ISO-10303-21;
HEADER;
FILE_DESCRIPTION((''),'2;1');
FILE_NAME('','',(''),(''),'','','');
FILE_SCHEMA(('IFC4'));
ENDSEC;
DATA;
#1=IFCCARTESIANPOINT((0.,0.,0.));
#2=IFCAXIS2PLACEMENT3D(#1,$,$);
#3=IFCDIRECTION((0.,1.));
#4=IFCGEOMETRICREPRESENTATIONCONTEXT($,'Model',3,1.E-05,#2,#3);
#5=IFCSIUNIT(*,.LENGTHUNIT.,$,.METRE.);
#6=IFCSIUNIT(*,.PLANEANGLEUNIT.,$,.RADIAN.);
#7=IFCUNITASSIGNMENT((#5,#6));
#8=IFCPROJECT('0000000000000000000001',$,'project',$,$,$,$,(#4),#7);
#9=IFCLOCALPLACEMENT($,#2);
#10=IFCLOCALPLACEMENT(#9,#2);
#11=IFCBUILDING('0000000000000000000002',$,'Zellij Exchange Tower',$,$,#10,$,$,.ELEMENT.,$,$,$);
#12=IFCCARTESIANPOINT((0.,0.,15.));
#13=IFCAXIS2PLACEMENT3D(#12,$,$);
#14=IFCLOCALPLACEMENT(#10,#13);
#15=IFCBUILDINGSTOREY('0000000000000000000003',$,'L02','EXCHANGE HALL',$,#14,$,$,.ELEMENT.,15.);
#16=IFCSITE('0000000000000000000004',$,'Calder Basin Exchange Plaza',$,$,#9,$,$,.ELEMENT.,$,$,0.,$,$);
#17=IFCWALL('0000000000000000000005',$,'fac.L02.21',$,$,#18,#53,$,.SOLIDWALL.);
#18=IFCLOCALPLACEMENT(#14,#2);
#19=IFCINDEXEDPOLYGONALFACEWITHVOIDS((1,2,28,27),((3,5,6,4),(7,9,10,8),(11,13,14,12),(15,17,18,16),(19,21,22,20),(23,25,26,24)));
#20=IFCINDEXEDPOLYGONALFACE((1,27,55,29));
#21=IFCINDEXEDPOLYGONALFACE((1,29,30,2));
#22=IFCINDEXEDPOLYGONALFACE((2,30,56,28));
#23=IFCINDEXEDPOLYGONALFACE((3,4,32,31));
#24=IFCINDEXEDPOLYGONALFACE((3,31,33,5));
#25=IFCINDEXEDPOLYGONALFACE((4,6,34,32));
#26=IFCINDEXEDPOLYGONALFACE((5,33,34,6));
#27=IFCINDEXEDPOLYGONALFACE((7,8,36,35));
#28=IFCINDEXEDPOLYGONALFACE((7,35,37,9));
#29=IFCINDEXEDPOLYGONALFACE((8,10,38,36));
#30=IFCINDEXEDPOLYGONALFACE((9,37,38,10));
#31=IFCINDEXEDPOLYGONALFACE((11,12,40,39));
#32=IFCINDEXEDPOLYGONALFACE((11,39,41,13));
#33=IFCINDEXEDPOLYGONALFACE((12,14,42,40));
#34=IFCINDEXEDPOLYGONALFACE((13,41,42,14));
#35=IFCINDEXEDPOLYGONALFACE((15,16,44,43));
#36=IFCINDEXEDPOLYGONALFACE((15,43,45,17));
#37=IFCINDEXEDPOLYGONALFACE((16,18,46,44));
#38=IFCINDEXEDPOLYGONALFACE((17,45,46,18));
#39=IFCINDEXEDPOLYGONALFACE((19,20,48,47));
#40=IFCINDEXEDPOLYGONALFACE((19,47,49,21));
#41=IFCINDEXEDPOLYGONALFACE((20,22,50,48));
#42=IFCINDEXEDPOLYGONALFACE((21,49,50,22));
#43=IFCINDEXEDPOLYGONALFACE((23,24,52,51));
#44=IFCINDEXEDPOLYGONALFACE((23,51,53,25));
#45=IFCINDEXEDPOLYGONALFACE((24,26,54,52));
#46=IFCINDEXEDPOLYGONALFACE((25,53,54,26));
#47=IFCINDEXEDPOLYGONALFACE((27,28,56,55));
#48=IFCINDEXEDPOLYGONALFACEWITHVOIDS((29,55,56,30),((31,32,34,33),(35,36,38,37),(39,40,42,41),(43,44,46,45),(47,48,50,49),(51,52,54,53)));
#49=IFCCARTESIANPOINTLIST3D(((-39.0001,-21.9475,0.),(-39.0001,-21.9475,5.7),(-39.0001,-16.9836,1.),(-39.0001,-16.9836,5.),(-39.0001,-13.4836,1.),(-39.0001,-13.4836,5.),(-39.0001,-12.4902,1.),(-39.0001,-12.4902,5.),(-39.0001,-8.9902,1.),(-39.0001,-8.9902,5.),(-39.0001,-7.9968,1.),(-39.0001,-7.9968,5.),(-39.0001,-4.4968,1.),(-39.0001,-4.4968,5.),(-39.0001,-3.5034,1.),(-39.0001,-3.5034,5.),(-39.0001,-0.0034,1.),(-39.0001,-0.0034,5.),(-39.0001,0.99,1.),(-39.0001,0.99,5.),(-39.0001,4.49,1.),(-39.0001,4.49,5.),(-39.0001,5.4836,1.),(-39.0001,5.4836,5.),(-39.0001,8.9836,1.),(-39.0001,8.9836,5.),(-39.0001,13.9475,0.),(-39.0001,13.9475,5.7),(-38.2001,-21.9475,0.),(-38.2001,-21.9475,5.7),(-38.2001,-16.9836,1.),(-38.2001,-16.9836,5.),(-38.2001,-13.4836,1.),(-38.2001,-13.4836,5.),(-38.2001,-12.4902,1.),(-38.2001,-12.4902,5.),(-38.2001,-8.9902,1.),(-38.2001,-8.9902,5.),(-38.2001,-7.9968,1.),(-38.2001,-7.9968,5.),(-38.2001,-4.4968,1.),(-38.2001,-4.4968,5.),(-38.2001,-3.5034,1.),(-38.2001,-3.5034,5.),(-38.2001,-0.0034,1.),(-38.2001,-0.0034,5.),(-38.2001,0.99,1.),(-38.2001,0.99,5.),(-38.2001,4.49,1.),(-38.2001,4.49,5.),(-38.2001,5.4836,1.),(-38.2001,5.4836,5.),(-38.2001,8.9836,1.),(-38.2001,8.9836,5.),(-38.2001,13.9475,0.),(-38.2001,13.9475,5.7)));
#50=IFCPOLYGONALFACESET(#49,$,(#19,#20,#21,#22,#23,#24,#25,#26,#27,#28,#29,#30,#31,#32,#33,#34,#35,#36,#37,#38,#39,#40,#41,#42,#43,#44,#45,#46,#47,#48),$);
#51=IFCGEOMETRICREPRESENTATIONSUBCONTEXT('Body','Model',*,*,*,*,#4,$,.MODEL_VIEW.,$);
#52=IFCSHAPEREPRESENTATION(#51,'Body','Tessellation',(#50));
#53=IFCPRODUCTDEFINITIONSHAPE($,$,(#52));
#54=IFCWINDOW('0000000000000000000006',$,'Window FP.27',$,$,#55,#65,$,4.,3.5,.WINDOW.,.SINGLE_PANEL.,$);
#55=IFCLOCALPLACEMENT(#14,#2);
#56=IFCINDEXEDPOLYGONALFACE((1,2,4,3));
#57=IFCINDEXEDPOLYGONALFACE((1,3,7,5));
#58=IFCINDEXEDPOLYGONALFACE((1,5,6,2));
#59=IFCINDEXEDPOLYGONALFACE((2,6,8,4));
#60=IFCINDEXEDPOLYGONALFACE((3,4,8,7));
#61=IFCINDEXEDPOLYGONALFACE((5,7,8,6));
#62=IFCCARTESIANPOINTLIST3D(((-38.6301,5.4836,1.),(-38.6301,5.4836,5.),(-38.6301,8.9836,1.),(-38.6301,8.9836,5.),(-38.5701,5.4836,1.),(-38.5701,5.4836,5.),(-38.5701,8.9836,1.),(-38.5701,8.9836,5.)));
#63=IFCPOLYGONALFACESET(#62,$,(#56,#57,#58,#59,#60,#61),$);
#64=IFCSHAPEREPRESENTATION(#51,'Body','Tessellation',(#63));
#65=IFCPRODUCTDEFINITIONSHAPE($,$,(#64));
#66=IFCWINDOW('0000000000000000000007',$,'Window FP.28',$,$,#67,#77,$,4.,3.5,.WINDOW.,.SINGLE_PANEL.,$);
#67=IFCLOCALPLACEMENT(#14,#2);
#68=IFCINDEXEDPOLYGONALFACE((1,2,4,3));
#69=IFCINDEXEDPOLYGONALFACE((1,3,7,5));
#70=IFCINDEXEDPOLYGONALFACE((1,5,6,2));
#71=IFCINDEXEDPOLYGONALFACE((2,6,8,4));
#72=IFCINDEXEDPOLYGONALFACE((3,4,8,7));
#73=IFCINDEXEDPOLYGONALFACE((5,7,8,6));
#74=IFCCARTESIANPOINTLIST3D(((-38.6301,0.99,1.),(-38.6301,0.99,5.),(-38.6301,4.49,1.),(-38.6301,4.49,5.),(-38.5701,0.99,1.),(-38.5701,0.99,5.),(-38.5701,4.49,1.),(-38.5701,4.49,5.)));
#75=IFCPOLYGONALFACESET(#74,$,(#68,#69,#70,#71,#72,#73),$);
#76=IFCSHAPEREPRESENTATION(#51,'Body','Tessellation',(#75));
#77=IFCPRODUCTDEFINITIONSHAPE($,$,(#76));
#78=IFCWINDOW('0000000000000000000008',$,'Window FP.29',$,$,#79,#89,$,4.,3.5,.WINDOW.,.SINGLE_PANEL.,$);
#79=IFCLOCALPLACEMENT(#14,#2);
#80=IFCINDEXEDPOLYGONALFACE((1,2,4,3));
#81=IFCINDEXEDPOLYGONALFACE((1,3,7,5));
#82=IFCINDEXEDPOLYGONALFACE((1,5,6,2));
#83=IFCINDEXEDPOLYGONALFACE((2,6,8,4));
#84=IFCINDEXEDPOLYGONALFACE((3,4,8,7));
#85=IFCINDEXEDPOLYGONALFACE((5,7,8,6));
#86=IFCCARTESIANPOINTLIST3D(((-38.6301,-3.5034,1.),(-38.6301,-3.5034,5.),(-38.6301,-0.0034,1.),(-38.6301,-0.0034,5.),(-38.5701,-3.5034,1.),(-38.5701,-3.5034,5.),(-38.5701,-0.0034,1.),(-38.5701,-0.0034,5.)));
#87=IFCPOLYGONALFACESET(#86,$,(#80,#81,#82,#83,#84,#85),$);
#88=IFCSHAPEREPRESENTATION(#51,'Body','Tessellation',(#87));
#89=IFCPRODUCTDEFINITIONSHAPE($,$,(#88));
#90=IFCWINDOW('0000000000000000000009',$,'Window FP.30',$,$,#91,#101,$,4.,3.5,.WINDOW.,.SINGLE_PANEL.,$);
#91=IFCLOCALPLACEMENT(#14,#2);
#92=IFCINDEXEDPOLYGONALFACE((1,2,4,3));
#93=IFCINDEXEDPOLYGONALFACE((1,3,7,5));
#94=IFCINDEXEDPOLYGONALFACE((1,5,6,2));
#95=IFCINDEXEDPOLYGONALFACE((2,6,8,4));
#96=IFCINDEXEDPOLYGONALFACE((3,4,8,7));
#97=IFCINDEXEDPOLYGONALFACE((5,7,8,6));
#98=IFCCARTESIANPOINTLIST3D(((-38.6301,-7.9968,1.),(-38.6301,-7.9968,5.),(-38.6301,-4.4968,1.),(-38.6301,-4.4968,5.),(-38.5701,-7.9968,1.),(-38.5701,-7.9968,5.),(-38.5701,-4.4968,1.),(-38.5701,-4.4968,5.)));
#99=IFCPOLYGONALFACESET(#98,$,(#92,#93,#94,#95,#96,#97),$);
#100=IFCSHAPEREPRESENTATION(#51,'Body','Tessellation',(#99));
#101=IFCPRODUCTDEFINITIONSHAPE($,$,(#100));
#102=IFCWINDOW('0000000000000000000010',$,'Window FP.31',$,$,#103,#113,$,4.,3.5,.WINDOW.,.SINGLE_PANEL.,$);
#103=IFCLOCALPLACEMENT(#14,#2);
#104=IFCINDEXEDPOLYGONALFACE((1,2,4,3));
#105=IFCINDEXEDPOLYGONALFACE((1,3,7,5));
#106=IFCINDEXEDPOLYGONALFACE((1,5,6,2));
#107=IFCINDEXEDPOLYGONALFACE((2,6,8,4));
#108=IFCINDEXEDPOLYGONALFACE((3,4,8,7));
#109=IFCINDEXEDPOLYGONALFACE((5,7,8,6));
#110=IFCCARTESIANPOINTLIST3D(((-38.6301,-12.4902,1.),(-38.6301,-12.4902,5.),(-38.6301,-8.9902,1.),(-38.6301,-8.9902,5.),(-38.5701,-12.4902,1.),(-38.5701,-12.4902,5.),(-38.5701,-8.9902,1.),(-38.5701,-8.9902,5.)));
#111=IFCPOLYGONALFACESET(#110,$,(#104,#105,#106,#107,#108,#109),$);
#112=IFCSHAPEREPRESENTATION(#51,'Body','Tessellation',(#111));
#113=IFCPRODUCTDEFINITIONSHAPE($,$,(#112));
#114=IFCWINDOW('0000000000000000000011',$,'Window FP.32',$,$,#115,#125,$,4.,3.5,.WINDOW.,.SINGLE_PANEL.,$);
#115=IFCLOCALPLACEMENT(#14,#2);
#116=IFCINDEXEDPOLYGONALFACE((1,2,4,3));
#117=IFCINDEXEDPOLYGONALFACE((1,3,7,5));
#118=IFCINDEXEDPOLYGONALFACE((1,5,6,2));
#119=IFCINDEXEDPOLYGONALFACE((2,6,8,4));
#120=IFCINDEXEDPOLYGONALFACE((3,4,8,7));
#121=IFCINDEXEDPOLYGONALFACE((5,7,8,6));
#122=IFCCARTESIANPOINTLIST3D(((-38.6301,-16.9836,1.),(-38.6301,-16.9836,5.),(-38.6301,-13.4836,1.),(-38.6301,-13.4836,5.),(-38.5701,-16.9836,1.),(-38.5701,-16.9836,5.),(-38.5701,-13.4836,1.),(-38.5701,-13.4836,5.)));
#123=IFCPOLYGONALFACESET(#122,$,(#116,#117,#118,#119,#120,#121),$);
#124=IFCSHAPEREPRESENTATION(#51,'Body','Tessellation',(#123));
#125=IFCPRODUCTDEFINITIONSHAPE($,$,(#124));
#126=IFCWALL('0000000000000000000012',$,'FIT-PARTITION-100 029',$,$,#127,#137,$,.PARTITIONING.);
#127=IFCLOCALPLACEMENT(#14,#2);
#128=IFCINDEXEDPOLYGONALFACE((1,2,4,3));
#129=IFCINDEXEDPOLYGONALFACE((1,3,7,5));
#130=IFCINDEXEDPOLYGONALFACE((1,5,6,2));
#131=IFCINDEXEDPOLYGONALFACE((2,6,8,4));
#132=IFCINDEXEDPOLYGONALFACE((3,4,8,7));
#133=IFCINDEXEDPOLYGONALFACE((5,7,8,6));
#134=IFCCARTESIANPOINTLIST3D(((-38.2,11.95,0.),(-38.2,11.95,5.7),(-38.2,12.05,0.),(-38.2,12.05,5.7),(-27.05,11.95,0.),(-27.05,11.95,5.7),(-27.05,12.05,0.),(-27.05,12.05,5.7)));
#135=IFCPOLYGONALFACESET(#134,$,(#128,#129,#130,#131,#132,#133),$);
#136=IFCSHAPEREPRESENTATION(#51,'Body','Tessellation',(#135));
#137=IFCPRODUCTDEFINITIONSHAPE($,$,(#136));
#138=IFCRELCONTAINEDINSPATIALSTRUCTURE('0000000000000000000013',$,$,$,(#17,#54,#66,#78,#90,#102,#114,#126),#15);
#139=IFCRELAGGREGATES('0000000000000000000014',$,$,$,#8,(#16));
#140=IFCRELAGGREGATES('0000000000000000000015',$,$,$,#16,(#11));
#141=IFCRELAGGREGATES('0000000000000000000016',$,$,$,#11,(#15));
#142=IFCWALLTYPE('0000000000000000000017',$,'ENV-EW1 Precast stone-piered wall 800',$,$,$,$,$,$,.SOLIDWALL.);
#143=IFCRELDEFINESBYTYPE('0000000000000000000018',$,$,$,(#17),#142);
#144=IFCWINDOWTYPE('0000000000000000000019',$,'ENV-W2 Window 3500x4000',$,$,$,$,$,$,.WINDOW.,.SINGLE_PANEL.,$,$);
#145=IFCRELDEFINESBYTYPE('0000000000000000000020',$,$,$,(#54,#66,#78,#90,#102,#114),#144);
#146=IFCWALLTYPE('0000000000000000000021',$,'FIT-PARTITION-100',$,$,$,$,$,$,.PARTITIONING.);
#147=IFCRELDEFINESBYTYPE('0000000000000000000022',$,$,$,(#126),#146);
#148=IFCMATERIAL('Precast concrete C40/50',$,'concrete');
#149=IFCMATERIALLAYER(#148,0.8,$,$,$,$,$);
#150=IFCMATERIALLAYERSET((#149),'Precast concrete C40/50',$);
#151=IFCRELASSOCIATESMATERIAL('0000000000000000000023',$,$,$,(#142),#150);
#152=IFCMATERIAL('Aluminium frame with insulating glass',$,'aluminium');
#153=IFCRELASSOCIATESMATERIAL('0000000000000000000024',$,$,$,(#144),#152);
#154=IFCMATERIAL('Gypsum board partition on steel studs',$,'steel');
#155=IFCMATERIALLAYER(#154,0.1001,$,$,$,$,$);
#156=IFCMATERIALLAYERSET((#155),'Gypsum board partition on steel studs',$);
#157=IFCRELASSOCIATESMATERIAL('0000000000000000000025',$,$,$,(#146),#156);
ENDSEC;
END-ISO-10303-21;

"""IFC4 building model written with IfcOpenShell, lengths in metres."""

from ifc_helpers import new_model, si_unit, direction, frame, frame_2d, origin, place, context, subcontext, project, spatial, rectangle, extrude, material, layer, layer_set, type_object, element, fill, save


model = new_model("IFC4")

# Units and contexts
model_context = context("Model", 3, precision=1e-05, world=origin(), true_north=direction((0.0, 1.0)))
body_context = subcontext(model_context, "Body", "Model", "MODEL_VIEW")
ifc_project = project(units=[si_unit("LENGTHUNIT", "METRE"), si_unit("PLANEANGLEUNIT", "RADIAN")], contexts=[model_context])

# Site, building, storey
site_placement = place(None, origin())
site = spatial("IfcSite", under=ifc_project, at=site_placement, Name="Calder Basin Exchange Plaza", CompositionType="ELEMENT", RefElevation=0.0)
building_placement = place(site_placement, origin())
building = spatial("IfcBuilding", under=site, at=building_placement, Name="Zellij Exchange Tower", CompositionType="ELEMENT")
storey_placement = place(building_placement, frame((0.0, 0.0, 15.0)))
storey = spatial("IfcBuildingStorey", under=building, at=storey_placement, Name="L02", Description="EXCHANGE HALL", CompositionType="ELEMENT", Elevation=15.0)

# Shared definitions
ifc_material_1 = material(Name="Precast concrete C40/50", Category="concrete")
ifc_layer_1 = layer(ifc_material_1, 0.8)
ifc_layer_set_1 = layer_set([ifc_layer_1], Name="Precast concrete C40/50")
wall_type_1 = type_object("IfcWallType", Name="ENV-EW1 Precast stone-piered wall 800", PredefinedType="SOLIDWALL", material=ifc_layer_set_1)

# Wall, openings, windows
wall_1_placement = place(storey_placement, frame((-38.6001, 13.9475, 0.0), z_axis=(0.0, 0.0, 1.0), x_axis=(0.0, -1.0, 0.0)))
wall_1 = element("IfcWall", 1, at=wall_1_placement, inside=storey, type_object=wall_type_1, Name="fac.L02.21", PredefinedType="SOLIDWALL", context=body_context, shape_type="SweptSolid", body=[
    extrude(rectangle(XDim=35.895, YDim=0.8, at=frame_2d((17.9475, 0.0))), origin(), (0.0, 0.0, 1.0), 5.7),
])
opening_1_placement = place(wall_1_placement, frame((4.9639, 0.0, 1.0)))
opening_1 = element("IfcOpeningElement", 2, at=opening_1_placement, cuts=wall_1, PredefinedType="OPENING", context=body_context, shape_type="SweptSolid", body=[
    extrude(rectangle(XDim=3.5, YDim=4.0, at=frame_2d((1.75, 2.0))), frame((0.0, 0.4121, 0.0), z_axis=(0.0, -1.0, 0.0), x_axis=(1.0, 0.0, 0.0)), (0.0, 0.0, 1.0), 0.824),
])
opening_2_placement = place(wall_1_placement, frame((9.4575, 0.0, 1.0)))
opening_2 = element("IfcOpeningElement", 3, at=opening_2_placement, cuts=wall_1, PredefinedType="OPENING", context=body_context, shape_type="SweptSolid", body=[
    extrude(rectangle(XDim=3.5, YDim=4.0, at=frame_2d((1.75, 2.0))), frame((0.0, 0.4121, 0.0), z_axis=(0.0, -1.0, 0.0), x_axis=(1.0, 0.0, 0.0)), (0.0, 0.0, 1.0), 0.824),
])
opening_3_placement = place(wall_1_placement, frame((13.9509, 0.0, 1.0)))
opening_3 = element("IfcOpeningElement", 4, at=opening_3_placement, cuts=wall_1, PredefinedType="OPENING", context=body_context, shape_type="SweptSolid", body=[
    extrude(rectangle(XDim=3.5, YDim=4.0, at=frame_2d((1.75, 2.0))), frame((0.0, 0.4121, 0.0), z_axis=(0.0, -1.0, 0.0), x_axis=(1.0, 0.0, 0.0)), (0.0, 0.0, 1.0), 0.824),
])
opening_4_placement = place(wall_1_placement, frame((18.4443, 0.0, 1.0)))
opening_4 = element("IfcOpeningElement", 5, at=opening_4_placement, cuts=wall_1, PredefinedType="OPENING", context=body_context, shape_type="SweptSolid", body=[
    extrude(rectangle(XDim=3.5, YDim=4.0, at=frame_2d((1.75, 2.0))), frame((0.0, 0.4121, 0.0), z_axis=(0.0, -1.0, 0.0), x_axis=(1.0, 0.0, 0.0)), (0.0, 0.0, 1.0), 0.824),
])
opening_5_placement = place(wall_1_placement, frame((22.9377, 0.0, 1.0)))
opening_5 = element("IfcOpeningElement", 6, at=opening_5_placement, cuts=wall_1, PredefinedType="OPENING", context=body_context, shape_type="SweptSolid", body=[
    extrude(rectangle(XDim=3.5, YDim=4.0, at=frame_2d((1.75, 2.0))), frame((0.0, 0.4121, 0.0), z_axis=(0.0, -1.0, 0.0), x_axis=(1.0, 0.0, 0.0)), (0.0, 0.0, 1.0), 0.824),
])
opening_6_placement = place(wall_1_placement, frame((27.4312, 0.0, 1.0)))
opening_6 = element("IfcOpeningElement", 7, at=opening_6_placement, cuts=wall_1, PredefinedType="OPENING", context=body_context, shape_type="SweptSolid", body=[
    extrude(rectangle(XDim=3.5, YDim=4.0, at=frame_2d((1.75, 2.0))), frame((0.0, 0.4121, 0.0), z_axis=(0.0, -1.0, 0.0), x_axis=(1.0, 0.0, 0.0)), (0.0, 0.0, 1.0), 0.824),
])
ifc_material_2 = material(Name="Aluminium frame with insulating glass", Category="aluminium")
window_type = type_object("IfcWindowType", Name="ENV-W2 Window 3500x4000", PartitioningType="SINGLE_PANEL", PredefinedType="WINDOW", material=ifc_material_2)
window_1_placement = place(opening_1_placement, origin())
window_1 = element("IfcWindow", 8, at=window_1_placement, inside=storey, type_object=window_type, Name="Window FP.27", OverallHeight=4.0, OverallWidth=3.5, PartitioningType="SINGLE_PANEL", PredefinedType="WINDOW", context=body_context, shape_type="SweptSolid", body=[
    extrude(rectangle(XDim=3.5, YDim=4.0, at=frame_2d((1.75, 2.0))), frame((0.0, 0.03, 0.0), z_axis=(0.0, -1.0, 0.0), x_axis=(1.0, 0.0, 0.0)), (0.0, 0.0, 1.0), 0.0601),
])
fill(opening_1, window_1)
window_2_placement = place(opening_2_placement, origin())
window_2 = element("IfcWindow", 9, at=window_2_placement, inside=storey, type_object=window_type, Name="Window FP.28", OverallHeight=4.0, OverallWidth=3.5, PartitioningType="SINGLE_PANEL", PredefinedType="WINDOW", context=body_context, shape_type="SweptSolid", body=[
    extrude(rectangle(XDim=3.5, YDim=4.0, at=frame_2d((1.75, 2.0))), frame((0.0, 0.03, 0.0), z_axis=(0.0, -1.0, 0.0), x_axis=(1.0, 0.0, 0.0)), (0.0, 0.0, 1.0), 0.0601),
])
fill(opening_2, window_2)
window_3_placement = place(opening_3_placement, origin())
window_3 = element("IfcWindow", 10, at=window_3_placement, inside=storey, type_object=window_type, Name="Window FP.29", OverallHeight=4.0, OverallWidth=3.5, PartitioningType="SINGLE_PANEL", PredefinedType="WINDOW", context=body_context, shape_type="SweptSolid", body=[
    extrude(rectangle(XDim=3.5, YDim=4.0, at=frame_2d((1.75, 2.0))), frame((0.0, 0.03, 0.0), z_axis=(0.0, -1.0, 0.0), x_axis=(1.0, 0.0, 0.0)), (0.0, 0.0, 1.0), 0.0601),
])
fill(opening_3, window_3)
window_4_placement = place(opening_4_placement, origin())
window_4 = element("IfcWindow", 11, at=window_4_placement, inside=storey, type_object=window_type, Name="Window FP.30", OverallHeight=4.0, OverallWidth=3.5, PartitioningType="SINGLE_PANEL", PredefinedType="WINDOW", context=body_context, shape_type="SweptSolid", body=[
    extrude(rectangle(XDim=3.5, YDim=4.0, at=frame_2d((1.75, 2.0))), frame((0.0, 0.03, 0.0), z_axis=(0.0, -1.0, 0.0), x_axis=(1.0, 0.0, 0.0)), (0.0, 0.0, 1.0), 0.0601),
])
fill(opening_4, window_4)
window_5_placement = place(opening_5_placement, origin())
window_5 = element("IfcWindow", 12, at=window_5_placement, inside=storey, type_object=window_type, Name="Window FP.31", OverallHeight=4.0, OverallWidth=3.5, PartitioningType="SINGLE_PANEL", PredefinedType="WINDOW", context=body_context, shape_type="SweptSolid", body=[
    extrude(rectangle(XDim=3.5, YDim=4.0, at=frame_2d((1.75, 2.0))), frame((0.0, 0.03, 0.0), z_axis=(0.0, -1.0, 0.0), x_axis=(1.0, 0.0, 0.0)), (0.0, 0.0, 1.0), 0.0601),
])
fill(opening_5, window_5)
window_6_placement = place(opening_6_placement, origin())
window_6 = element("IfcWindow", 13, at=window_6_placement, inside=storey, type_object=window_type, Name="Window FP.32", OverallHeight=4.0, OverallWidth=3.5, PartitioningType="SINGLE_PANEL", PredefinedType="WINDOW", context=body_context, shape_type="SweptSolid", body=[
    extrude(rectangle(XDim=3.5, YDim=4.0, at=frame_2d((1.75, 2.0))), frame((0.0, 0.03, 0.0), z_axis=(0.0, -1.0, 0.0), x_axis=(1.0, 0.0, 0.0)), (0.0, 0.0, 1.0), 0.0601),
])
fill(opening_6, window_6)

# Wall
ifc_material_3 = material(Name="Gypsum board partition on steel studs", Category="steel")
ifc_layer_2 = layer(ifc_material_3, 0.1001)
ifc_layer_set_2 = layer_set([ifc_layer_2], Name="Gypsum board partition on steel studs")
wall_type_2 = type_object("IfcWallType", Name="FIT-PARTITION-100", PredefinedType="PARTITIONING", material=ifc_layer_set_2)
wall_2_placement = place(storey_placement, frame((-38.2, 12.0, 0.0), z_axis=(0.0, 0.0, 1.0), x_axis=(1.0, 0.0, 0.0)))
element("IfcWall", 14, at=wall_2_placement, inside=storey, type_object=wall_type_2, Name="FIT-PARTITION-100 029", PredefinedType="PARTITIONING", context=body_context, shape_type="SweptSolid", body=[
    extrude(rectangle(XDim=11.1499, YDim=0.1001, at=frame_2d((5.575, 0.0))), origin(), (0.0, 0.0, 1.0), 5.7),
])

save(model, "model.ifc")
